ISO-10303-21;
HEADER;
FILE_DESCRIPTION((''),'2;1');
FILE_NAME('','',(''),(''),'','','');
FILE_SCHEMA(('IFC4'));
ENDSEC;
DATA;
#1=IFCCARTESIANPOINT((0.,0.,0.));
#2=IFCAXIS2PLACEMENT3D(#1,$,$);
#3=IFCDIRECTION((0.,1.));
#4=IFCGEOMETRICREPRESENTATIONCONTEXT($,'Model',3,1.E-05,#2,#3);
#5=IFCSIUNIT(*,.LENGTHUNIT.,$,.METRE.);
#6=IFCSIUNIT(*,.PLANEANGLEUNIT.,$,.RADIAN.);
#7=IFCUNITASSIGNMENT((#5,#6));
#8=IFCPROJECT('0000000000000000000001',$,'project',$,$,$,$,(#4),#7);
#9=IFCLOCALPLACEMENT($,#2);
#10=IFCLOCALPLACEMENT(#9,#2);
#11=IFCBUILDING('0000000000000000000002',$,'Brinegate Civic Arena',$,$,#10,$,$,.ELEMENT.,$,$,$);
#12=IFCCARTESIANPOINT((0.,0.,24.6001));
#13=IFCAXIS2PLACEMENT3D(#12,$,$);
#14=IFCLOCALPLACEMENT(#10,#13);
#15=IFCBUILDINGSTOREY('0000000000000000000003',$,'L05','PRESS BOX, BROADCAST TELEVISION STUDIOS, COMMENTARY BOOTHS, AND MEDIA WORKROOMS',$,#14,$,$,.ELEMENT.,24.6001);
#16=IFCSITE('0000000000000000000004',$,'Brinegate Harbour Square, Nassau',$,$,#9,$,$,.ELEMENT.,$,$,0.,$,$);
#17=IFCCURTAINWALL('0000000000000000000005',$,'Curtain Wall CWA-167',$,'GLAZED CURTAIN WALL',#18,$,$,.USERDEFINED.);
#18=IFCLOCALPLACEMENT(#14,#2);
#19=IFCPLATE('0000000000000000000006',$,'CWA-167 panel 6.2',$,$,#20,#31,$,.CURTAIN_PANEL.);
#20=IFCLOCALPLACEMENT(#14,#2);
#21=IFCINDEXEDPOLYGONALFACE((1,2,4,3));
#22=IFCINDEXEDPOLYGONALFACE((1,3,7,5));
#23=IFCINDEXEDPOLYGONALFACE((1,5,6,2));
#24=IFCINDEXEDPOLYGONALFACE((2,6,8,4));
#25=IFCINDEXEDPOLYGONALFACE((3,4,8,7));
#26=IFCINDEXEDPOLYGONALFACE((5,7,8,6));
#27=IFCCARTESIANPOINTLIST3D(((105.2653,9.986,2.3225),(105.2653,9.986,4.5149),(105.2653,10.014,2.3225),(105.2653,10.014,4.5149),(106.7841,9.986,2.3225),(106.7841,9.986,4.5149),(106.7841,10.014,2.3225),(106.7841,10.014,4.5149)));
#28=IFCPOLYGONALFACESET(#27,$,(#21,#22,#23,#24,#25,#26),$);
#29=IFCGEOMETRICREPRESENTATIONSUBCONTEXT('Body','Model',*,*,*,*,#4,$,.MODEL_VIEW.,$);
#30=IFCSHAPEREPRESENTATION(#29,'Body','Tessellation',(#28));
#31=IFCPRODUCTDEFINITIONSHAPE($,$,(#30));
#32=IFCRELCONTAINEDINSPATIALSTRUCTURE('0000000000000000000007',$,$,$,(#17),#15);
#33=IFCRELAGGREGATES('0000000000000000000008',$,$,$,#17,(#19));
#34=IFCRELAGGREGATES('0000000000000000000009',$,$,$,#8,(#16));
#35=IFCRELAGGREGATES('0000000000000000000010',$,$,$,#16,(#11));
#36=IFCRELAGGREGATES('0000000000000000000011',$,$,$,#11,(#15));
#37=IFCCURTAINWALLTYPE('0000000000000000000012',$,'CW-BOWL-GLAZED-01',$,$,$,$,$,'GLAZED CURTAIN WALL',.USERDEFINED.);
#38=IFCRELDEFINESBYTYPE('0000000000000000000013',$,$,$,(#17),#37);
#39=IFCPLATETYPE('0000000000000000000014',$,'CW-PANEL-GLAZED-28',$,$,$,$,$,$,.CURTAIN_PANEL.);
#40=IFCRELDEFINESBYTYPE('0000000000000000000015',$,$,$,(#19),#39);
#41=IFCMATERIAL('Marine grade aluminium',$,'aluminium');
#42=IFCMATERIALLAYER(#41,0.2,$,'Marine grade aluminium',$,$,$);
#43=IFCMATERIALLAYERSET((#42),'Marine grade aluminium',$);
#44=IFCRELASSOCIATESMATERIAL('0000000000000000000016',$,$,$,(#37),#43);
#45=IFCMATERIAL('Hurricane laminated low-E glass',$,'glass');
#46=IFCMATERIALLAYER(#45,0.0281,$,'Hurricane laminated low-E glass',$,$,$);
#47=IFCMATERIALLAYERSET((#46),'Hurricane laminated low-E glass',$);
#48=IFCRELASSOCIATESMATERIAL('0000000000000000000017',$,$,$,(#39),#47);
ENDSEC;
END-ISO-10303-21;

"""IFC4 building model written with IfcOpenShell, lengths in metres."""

from ifc_helpers import new_model, si_unit, direction, frame, origin, origin_2d, place, context, subcontext, project, spatial, rectangle, extrude, material, layer, layer_set, type_object, element, aggregate, save


model = new_model("IFC4")

# Units and contexts
model_context = context("Model", 3, precision=1e-05, world=origin(), true_north=direction((0.0, 1.0)))
body_context = subcontext(model_context, "Body", "Model", "MODEL_VIEW")
ifc_project = project(units=[si_unit("LENGTHUNIT", "METRE"), si_unit("PLANEANGLEUNIT", "RADIAN")], contexts=[model_context])

# Site, building, storey
site_placement = place(None, origin())
site = spatial("IfcSite", under=ifc_project, at=site_placement, Name="Brinegate Harbour Square, Nassau", CompositionType="ELEMENT", RefElevation=0.0)
building_placement = place(site_placement, origin())
building = spatial("IfcBuilding", under=site, at=building_placement, Name="Brinegate Civic Arena", CompositionType="ELEMENT")
storey_placement = place(building_placement, frame((0.0, 0.0, 24.6001)))
storey = spatial("IfcBuildingStorey", under=building, at=storey_placement, Name="L05", Description="PRESS BOX, BROADCAST TELEVISION STUDIOS, COMMENTARY BOOTHS, AND MEDIA WORKROOMS", CompositionType="ELEMENT", Elevation=24.6001)

# Curtain wall, plate
ifc_material_1 = material(Name="Marine grade aluminium", Category="aluminium")
ifc_layer_1 = layer(ifc_material_1, 0.2, Name="Marine grade aluminium")
ifc_layer_set_1 = layer_set([ifc_layer_1], Name="Marine grade aluminium")
curtain_wall_type = type_object("IfcCurtainWallType", Name="CW-BOWL-GLAZED-01", ElementType="GLAZED CURTAIN WALL", PredefinedType="USERDEFINED", material=ifc_layer_set_1)
curtain_wall_placement = place(storey_placement, origin())
curtain_wall = element("IfcCurtainWall", 1, at=curtain_wall_placement, inside=storey, type_object=curtain_wall_type, Name="Curtain Wall CWA-167", ObjectType="GLAZED CURTAIN WALL", PredefinedType="USERDEFINED")
ifc_material_2 = material(Name="Hurricane laminated low-E glass", Category="glass")
ifc_layer_2 = layer(ifc_material_2, 0.0281, Name="Hurricane laminated low-E glass")
ifc_layer_set_2 = layer_set([ifc_layer_2], Name="Hurricane laminated low-E glass")
plate_type = type_object("IfcPlateType", Name="CW-PANEL-GLAZED-28", PredefinedType="CURTAIN_PANEL", material=ifc_layer_set_2)
plate_1_placement = place(storey_placement, frame((106.0247, 10.0, 2.3225), z_axis=(0.0, 0.0, 1.0), x_axis=(1.0, 0.0, 0.0)))
plate_1 = element("IfcPlate", 2, at=plate_1_placement, type_object=plate_type, Name="CWA-167 panel 6.2", PredefinedType="CURTAIN_PANEL", context=body_context, shape_type="SweptSolid", body=[
    extrude(rectangle(XDim=1.5188, YDim=0.0281, at=origin_2d()), origin(), (0.0, 0.0, 1.0), 2.1924),
])
aggregate(curtain_wall, [plate_1])

save(model, "model.ifc")
